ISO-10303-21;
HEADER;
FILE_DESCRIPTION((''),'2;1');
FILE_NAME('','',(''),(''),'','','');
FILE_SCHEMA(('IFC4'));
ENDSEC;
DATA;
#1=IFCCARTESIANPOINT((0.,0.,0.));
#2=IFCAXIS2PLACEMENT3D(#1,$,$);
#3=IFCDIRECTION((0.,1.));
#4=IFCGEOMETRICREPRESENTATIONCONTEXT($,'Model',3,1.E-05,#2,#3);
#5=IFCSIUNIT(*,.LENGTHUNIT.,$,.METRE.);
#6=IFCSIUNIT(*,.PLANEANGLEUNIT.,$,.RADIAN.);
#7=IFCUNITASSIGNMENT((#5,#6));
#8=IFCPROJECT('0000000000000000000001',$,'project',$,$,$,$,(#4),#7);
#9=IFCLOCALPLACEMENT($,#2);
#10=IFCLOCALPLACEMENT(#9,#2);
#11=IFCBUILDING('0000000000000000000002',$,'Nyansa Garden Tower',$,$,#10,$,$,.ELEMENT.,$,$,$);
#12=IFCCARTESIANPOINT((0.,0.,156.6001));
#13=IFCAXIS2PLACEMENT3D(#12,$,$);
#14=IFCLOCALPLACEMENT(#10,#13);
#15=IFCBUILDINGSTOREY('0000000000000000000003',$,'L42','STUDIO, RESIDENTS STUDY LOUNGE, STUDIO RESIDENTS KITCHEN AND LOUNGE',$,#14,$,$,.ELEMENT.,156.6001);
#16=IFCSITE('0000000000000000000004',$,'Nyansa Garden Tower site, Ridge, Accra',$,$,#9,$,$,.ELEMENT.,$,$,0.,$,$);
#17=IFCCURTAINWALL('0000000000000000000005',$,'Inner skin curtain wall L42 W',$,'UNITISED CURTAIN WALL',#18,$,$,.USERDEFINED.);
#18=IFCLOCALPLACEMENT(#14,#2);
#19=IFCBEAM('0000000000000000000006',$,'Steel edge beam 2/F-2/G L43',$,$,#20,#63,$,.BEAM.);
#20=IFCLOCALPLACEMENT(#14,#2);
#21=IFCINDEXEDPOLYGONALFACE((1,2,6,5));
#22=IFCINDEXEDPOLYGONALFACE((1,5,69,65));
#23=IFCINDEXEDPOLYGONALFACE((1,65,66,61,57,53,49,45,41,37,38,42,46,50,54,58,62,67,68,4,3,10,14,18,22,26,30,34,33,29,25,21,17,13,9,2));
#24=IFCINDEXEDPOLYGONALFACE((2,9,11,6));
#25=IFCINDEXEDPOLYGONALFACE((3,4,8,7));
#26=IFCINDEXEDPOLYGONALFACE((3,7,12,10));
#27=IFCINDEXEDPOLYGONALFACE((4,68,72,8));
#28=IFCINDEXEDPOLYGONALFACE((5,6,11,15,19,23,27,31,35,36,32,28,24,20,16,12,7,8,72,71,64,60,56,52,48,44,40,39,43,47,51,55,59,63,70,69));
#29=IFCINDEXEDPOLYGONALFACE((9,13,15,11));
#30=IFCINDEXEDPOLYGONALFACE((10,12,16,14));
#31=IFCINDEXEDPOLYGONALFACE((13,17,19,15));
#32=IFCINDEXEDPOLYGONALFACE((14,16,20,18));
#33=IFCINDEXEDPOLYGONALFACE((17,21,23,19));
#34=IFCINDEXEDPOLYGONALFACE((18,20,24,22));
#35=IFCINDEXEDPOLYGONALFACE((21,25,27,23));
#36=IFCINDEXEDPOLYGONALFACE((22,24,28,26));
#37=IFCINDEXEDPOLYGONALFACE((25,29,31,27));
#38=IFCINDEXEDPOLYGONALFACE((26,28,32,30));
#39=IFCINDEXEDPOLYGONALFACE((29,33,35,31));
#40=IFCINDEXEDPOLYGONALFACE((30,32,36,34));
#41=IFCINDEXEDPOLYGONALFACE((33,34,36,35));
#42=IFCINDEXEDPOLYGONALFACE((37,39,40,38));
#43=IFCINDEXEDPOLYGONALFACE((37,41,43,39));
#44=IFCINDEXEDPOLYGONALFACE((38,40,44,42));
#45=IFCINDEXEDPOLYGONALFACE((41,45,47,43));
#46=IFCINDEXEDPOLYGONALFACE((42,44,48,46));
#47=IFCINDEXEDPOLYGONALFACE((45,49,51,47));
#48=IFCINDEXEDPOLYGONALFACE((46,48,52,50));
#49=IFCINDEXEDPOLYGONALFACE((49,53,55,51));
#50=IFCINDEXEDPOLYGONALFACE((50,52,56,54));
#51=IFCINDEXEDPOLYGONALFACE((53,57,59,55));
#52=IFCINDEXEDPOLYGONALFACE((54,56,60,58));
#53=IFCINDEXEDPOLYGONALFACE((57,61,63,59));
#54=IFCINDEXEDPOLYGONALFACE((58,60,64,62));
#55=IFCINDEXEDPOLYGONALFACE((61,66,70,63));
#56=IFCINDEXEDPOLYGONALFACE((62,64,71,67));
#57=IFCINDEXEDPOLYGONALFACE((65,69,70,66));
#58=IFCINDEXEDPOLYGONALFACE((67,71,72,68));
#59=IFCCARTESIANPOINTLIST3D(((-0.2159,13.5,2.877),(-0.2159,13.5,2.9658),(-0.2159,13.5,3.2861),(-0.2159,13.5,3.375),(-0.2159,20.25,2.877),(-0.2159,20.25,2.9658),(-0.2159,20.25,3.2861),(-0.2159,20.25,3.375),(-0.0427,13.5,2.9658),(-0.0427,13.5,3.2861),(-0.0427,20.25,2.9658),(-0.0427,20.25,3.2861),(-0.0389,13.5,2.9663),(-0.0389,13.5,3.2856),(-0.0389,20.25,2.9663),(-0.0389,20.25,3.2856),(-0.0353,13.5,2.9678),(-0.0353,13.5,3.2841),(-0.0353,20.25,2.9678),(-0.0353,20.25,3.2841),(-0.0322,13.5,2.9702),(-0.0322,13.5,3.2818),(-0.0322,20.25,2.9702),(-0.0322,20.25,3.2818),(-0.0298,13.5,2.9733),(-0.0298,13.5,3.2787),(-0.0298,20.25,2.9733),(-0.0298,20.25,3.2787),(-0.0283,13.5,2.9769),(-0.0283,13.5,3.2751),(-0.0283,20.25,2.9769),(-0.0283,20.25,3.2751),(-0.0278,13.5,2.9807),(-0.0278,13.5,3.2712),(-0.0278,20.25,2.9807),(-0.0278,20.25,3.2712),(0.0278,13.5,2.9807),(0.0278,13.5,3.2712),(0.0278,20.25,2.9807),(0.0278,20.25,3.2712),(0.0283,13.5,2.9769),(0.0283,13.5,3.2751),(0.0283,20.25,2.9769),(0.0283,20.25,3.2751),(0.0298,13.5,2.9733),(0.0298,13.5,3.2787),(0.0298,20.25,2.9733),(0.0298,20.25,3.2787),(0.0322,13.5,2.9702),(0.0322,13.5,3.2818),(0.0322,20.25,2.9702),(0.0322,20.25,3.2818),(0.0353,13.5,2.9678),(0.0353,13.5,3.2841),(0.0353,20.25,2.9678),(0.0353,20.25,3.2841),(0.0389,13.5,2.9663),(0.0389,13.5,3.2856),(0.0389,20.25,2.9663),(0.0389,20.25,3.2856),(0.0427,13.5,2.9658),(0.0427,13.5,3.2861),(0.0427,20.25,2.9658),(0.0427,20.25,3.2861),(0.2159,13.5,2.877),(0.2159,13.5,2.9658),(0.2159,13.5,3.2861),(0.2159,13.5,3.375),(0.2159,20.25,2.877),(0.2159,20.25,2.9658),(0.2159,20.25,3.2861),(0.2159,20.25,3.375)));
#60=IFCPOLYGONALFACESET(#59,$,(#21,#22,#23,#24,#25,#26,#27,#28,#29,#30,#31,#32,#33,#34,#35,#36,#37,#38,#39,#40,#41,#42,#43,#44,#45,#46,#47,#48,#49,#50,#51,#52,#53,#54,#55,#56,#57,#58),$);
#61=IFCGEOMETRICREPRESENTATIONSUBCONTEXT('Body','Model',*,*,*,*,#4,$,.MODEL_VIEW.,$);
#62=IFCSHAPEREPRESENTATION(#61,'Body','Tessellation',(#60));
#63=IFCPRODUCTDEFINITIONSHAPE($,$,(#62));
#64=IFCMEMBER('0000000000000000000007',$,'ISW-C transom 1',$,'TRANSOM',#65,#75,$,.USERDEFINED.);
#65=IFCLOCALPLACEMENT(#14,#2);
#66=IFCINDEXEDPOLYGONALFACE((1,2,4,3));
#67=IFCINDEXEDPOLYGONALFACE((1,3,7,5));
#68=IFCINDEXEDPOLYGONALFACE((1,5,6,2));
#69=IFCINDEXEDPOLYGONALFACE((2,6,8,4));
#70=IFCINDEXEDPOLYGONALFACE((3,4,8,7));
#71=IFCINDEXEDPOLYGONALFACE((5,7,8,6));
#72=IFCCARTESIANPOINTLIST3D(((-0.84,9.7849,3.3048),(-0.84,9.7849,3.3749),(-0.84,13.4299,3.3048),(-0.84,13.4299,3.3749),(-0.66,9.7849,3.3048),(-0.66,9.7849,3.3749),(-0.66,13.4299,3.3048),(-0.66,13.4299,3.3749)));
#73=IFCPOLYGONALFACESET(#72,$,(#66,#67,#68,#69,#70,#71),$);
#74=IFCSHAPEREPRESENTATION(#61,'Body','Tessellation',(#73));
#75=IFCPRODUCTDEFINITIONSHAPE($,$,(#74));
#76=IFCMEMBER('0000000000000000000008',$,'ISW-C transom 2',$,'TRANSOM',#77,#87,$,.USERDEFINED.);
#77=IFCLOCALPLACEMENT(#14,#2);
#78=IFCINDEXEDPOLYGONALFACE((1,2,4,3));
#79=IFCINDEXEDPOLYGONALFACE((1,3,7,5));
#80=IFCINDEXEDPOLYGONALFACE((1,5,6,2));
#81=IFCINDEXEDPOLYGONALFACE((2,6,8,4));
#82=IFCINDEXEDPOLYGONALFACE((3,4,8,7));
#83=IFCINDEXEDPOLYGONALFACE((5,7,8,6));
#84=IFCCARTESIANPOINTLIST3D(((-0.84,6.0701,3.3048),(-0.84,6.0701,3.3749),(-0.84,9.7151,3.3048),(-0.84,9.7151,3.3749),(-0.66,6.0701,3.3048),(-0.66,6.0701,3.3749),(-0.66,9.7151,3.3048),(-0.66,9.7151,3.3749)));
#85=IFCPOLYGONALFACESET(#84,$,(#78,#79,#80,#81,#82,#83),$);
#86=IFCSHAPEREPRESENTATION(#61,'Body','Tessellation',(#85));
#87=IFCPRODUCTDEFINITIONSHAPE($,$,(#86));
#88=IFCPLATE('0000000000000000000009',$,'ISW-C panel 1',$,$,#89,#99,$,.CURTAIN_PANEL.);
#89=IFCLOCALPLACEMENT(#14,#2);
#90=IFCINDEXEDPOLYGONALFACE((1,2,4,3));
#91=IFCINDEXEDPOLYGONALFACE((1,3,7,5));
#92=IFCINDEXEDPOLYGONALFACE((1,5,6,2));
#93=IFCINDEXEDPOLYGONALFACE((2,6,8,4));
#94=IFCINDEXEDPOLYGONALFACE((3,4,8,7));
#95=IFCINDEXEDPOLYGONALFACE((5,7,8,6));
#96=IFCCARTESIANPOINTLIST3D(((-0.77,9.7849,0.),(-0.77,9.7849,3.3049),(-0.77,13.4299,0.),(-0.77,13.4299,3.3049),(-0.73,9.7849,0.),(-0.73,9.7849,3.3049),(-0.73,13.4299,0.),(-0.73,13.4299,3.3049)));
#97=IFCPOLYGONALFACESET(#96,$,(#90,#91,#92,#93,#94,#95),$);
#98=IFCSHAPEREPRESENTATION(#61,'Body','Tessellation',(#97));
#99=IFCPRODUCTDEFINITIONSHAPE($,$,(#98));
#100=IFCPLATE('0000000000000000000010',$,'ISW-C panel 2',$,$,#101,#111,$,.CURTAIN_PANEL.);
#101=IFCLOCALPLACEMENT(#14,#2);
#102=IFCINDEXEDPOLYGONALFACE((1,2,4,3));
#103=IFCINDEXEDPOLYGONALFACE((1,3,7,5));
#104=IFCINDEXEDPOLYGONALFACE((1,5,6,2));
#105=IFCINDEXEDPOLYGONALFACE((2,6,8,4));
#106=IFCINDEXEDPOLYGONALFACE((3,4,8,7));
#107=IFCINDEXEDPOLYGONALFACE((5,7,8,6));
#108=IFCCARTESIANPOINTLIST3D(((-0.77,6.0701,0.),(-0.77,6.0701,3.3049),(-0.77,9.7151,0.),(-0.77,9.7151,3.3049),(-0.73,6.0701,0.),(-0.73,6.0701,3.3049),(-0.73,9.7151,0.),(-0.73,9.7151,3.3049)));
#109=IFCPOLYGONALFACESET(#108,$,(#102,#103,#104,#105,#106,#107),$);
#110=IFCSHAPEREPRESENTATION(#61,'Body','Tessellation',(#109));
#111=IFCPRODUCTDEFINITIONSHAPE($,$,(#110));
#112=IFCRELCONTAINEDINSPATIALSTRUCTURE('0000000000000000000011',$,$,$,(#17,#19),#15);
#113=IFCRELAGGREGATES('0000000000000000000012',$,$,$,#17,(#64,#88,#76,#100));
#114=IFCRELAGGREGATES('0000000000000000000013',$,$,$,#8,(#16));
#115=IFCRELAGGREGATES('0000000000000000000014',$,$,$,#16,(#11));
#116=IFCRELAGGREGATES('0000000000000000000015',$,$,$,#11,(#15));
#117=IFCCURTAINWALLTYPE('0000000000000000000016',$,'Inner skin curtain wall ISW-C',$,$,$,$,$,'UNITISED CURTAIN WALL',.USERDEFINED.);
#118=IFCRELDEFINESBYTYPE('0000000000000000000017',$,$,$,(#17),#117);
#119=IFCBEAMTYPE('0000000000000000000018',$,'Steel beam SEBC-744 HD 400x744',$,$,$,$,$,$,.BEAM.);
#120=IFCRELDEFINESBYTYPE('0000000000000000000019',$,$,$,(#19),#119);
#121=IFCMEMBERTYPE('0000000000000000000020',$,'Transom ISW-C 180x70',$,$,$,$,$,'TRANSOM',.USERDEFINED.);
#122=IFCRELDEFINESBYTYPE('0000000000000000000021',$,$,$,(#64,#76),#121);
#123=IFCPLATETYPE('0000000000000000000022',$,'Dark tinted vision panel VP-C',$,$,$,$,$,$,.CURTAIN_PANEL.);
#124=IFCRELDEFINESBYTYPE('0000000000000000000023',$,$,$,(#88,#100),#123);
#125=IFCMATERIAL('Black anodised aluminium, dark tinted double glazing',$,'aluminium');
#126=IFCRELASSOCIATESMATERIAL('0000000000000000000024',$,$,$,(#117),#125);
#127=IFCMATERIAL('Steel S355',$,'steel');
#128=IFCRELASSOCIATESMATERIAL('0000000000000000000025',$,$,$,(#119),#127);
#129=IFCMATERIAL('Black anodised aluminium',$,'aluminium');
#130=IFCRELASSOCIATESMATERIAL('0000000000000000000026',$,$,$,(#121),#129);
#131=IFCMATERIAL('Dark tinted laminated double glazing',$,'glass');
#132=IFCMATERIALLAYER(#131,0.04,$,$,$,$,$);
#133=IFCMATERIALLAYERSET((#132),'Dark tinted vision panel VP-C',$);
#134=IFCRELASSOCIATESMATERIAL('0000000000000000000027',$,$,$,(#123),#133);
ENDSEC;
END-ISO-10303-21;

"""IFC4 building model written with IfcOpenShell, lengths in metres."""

from ifc_helpers import new_model, si_unit, direction, frame, origin, origin_2d, place, context, subcontext, project, spatial, rectangle, i_section, extrude, material, layer, layer_set, material_profile, profile_set, type_object, element, aggregate, save


model = new_model("IFC4")

# Units and contexts
model_context = context("Model", 3, precision=1e-05, world=origin(), true_north=direction((0.0, 1.0)))
body_context = subcontext(model_context, "Body", "Model", "MODEL_VIEW")
ifc_project = project(units=[si_unit("LENGTHUNIT", "METRE"), si_unit("PLANEANGLEUNIT", "RADIAN")], contexts=[model_context])

# Site, building, storey
site_placement = place(None, origin())
site = spatial("IfcSite", under=ifc_project, at=site_placement, Name="Nyansa Garden Tower site, Ridge, Accra", CompositionType="ELEMENT", RefElevation=0.0)
building_placement = place(site_placement, origin())
building = spatial("IfcBuilding", under=site, at=building_placement, Name="Nyansa Garden Tower", CompositionType="ELEMENT")
storey_placement = place(building_placement, frame((0.0, 0.0, 156.6001)))
storey = spatial("IfcBuildingStorey", under=building, at=storey_placement, Name="L42", Description="STUDIO, RESIDENTS STUDY LOUNGE, STUDIO RESIDENTS KITCHEN AND LOUNGE", CompositionType="ELEMENT", Elevation=156.6001)

# Curtain wall
ifc_material_1 = material(Name="Black anodised aluminium, dark tinted double glazing", Category="aluminium")
curtain_wall_type = type_object("IfcCurtainWallType", Name="Inner skin curtain wall ISW-C", ElementType="UNITISED CURTAIN WALL", PredefinedType="USERDEFINED", material=ifc_material_1)
curtain_wall_placement = place(storey_placement, origin())
curtain_wall = element("IfcCurtainWall", 1, at=curtain_wall_placement, inside=storey, type_object=curtain_wall_type, Name="Inner skin curtain wall L42 W", ObjectType="UNITISED CURTAIN WALL", PredefinedType="USERDEFINED")

# Beam
ifc_material_2 = material(Name="Steel S355", Category="steel")
ifc_material_profile_1 = material_profile(ifc_material_2, i_section(OverallWidth=0.4319, OverallDepth=0.498, WebThickness=0.0557, FlangeThickness=0.0889, FilletRadius=0.0149, at=origin_2d()), Name="HD 400x744")
ifc_profile_set_1 = profile_set([ifc_material_profile_1], Name="Steel S355")
beam_type_1 = type_object("IfcBeamType", Name="Steel beam SEBC-744 HD 400x744", PredefinedType="BEAM", material=ifc_profile_set_1)
for number, where, z_axis, x_axis, name in (
    (2, (0.0, 13.5, 3.126), (0.0, 1.0, 0.0), (-1.0, 0.0, 0.0), "Steel edge beam 2/F-2/G L43"),
):
    element("IfcBeam", number, at=place(storey_placement, frame(where, z_axis=z_axis, x_axis=x_axis)), inside=storey, type_object=beam_type_1, Name=name, PredefinedType="BEAM", context=body_context, shape_type="SweptSolid", body=[
        extrude(i_section(OverallWidth=0.4319, OverallDepth=0.498, WebThickness=0.0557, FlangeThickness=0.0889, FilletRadius=0.0149, at=origin_2d()), origin(), (0.0, 0.0, 1.0), 6.75),
    ])

# Members
ifc_material_3 = material(Name="Black anodised aluminium", Category="aluminium")
ifc_material_profile_2 = material_profile(ifc_material_3, rectangle(XDim=0.1799, YDim=0.0701, at=origin_2d()), Name="Transom 180x70")
ifc_profile_set_2 = profile_set([ifc_material_profile_2], Name="Black anodised aluminium")
member_type_1 = type_object("IfcMemberType", Name="Transom ISW-C 180x70", ElementType="TRANSOM", PredefinedType="USERDEFINED", material=ifc_profile_set_2)
member_1_placement = place(storey_placement, frame((-0.75, 13.4299, 3.3398), z_axis=(0.0, -1.0, 0.0), x_axis=(1.0, 0.0, 0.0)))
member_1 = element("IfcMember", 3, at=member_1_placement, type_object=member_type_1, Name="ISW-C transom 1", ObjectType="TRANSOM", PredefinedType="USERDEFINED", context=body_context, shape_type="SweptSolid", body=[
    extrude(rectangle(XDim=0.1799, YDim=0.0701, at=origin_2d()), origin(), (0.0, 0.0, 1.0), 3.645),
])
member_2_placement = place(storey_placement, frame((-0.75, 9.7151, 3.3398), z_axis=(0.0, -1.0, 0.0), x_axis=(1.0, 0.0, 0.0)))
member_2 = element("IfcMember", 4, at=member_2_placement, type_object=member_type_1, Name="ISW-C transom 2", ObjectType="TRANSOM", PredefinedType="USERDEFINED", context=body_context, shape_type="SweptSolid", body=[
    extrude(rectangle(XDim=0.1799, YDim=0.0701, at=origin_2d()), origin(), (0.0, 0.0, 1.0), 3.645),
])

# Plates
ifc_material_4 = material(Name="Dark tinted laminated double glazing", Category="glass")
ifc_layer_1 = layer(ifc_material_4, 0.04)
ifc_layer_set_1 = layer_set([ifc_layer_1], Name="Dark tinted vision panel VP-C")
plate_type = type_object("IfcPlateType", Name="Dark tinted vision panel VP-C", PredefinedType="CURTAIN_PANEL", material=ifc_layer_set_1)
plate_1_placement = place(storey_placement, frame((-0.75, 11.6074, 0.0), z_axis=(0.0, 0.0, 1.0), x_axis=(0.0, -1.0, 0.0)))
plate_1 = element("IfcPlate", 5, at=plate_1_placement, type_object=plate_type, Name="ISW-C panel 1", PredefinedType="CURTAIN_PANEL", context=body_context, shape_type="SweptSolid", body=[
    extrude(rectangle(XDim=3.645, YDim=0.04, at=origin_2d()), origin(), (0.0, 0.0, 1.0), 3.3049),
])
plate_2_placement = place(storey_placement, frame((-0.75, 7.8926, 0.0), z_axis=(0.0, 0.0, 1.0), x_axis=(0.0, -1.0, 0.0)))
plate_2 = element("IfcPlate", 6, at=plate_2_placement, type_object=plate_type, Name="ISW-C panel 2", PredefinedType="CURTAIN_PANEL", context=body_context, shape_type="SweptSolid", body=[
    extrude(rectangle(XDim=3.645, YDim=0.04, at=origin_2d()), origin(), (0.0, 0.0, 1.0), 3.3049),
])
aggregate(curtain_wall, [member_1, plate_1, member_2, plate_2])

save(model, "model.ifc")
